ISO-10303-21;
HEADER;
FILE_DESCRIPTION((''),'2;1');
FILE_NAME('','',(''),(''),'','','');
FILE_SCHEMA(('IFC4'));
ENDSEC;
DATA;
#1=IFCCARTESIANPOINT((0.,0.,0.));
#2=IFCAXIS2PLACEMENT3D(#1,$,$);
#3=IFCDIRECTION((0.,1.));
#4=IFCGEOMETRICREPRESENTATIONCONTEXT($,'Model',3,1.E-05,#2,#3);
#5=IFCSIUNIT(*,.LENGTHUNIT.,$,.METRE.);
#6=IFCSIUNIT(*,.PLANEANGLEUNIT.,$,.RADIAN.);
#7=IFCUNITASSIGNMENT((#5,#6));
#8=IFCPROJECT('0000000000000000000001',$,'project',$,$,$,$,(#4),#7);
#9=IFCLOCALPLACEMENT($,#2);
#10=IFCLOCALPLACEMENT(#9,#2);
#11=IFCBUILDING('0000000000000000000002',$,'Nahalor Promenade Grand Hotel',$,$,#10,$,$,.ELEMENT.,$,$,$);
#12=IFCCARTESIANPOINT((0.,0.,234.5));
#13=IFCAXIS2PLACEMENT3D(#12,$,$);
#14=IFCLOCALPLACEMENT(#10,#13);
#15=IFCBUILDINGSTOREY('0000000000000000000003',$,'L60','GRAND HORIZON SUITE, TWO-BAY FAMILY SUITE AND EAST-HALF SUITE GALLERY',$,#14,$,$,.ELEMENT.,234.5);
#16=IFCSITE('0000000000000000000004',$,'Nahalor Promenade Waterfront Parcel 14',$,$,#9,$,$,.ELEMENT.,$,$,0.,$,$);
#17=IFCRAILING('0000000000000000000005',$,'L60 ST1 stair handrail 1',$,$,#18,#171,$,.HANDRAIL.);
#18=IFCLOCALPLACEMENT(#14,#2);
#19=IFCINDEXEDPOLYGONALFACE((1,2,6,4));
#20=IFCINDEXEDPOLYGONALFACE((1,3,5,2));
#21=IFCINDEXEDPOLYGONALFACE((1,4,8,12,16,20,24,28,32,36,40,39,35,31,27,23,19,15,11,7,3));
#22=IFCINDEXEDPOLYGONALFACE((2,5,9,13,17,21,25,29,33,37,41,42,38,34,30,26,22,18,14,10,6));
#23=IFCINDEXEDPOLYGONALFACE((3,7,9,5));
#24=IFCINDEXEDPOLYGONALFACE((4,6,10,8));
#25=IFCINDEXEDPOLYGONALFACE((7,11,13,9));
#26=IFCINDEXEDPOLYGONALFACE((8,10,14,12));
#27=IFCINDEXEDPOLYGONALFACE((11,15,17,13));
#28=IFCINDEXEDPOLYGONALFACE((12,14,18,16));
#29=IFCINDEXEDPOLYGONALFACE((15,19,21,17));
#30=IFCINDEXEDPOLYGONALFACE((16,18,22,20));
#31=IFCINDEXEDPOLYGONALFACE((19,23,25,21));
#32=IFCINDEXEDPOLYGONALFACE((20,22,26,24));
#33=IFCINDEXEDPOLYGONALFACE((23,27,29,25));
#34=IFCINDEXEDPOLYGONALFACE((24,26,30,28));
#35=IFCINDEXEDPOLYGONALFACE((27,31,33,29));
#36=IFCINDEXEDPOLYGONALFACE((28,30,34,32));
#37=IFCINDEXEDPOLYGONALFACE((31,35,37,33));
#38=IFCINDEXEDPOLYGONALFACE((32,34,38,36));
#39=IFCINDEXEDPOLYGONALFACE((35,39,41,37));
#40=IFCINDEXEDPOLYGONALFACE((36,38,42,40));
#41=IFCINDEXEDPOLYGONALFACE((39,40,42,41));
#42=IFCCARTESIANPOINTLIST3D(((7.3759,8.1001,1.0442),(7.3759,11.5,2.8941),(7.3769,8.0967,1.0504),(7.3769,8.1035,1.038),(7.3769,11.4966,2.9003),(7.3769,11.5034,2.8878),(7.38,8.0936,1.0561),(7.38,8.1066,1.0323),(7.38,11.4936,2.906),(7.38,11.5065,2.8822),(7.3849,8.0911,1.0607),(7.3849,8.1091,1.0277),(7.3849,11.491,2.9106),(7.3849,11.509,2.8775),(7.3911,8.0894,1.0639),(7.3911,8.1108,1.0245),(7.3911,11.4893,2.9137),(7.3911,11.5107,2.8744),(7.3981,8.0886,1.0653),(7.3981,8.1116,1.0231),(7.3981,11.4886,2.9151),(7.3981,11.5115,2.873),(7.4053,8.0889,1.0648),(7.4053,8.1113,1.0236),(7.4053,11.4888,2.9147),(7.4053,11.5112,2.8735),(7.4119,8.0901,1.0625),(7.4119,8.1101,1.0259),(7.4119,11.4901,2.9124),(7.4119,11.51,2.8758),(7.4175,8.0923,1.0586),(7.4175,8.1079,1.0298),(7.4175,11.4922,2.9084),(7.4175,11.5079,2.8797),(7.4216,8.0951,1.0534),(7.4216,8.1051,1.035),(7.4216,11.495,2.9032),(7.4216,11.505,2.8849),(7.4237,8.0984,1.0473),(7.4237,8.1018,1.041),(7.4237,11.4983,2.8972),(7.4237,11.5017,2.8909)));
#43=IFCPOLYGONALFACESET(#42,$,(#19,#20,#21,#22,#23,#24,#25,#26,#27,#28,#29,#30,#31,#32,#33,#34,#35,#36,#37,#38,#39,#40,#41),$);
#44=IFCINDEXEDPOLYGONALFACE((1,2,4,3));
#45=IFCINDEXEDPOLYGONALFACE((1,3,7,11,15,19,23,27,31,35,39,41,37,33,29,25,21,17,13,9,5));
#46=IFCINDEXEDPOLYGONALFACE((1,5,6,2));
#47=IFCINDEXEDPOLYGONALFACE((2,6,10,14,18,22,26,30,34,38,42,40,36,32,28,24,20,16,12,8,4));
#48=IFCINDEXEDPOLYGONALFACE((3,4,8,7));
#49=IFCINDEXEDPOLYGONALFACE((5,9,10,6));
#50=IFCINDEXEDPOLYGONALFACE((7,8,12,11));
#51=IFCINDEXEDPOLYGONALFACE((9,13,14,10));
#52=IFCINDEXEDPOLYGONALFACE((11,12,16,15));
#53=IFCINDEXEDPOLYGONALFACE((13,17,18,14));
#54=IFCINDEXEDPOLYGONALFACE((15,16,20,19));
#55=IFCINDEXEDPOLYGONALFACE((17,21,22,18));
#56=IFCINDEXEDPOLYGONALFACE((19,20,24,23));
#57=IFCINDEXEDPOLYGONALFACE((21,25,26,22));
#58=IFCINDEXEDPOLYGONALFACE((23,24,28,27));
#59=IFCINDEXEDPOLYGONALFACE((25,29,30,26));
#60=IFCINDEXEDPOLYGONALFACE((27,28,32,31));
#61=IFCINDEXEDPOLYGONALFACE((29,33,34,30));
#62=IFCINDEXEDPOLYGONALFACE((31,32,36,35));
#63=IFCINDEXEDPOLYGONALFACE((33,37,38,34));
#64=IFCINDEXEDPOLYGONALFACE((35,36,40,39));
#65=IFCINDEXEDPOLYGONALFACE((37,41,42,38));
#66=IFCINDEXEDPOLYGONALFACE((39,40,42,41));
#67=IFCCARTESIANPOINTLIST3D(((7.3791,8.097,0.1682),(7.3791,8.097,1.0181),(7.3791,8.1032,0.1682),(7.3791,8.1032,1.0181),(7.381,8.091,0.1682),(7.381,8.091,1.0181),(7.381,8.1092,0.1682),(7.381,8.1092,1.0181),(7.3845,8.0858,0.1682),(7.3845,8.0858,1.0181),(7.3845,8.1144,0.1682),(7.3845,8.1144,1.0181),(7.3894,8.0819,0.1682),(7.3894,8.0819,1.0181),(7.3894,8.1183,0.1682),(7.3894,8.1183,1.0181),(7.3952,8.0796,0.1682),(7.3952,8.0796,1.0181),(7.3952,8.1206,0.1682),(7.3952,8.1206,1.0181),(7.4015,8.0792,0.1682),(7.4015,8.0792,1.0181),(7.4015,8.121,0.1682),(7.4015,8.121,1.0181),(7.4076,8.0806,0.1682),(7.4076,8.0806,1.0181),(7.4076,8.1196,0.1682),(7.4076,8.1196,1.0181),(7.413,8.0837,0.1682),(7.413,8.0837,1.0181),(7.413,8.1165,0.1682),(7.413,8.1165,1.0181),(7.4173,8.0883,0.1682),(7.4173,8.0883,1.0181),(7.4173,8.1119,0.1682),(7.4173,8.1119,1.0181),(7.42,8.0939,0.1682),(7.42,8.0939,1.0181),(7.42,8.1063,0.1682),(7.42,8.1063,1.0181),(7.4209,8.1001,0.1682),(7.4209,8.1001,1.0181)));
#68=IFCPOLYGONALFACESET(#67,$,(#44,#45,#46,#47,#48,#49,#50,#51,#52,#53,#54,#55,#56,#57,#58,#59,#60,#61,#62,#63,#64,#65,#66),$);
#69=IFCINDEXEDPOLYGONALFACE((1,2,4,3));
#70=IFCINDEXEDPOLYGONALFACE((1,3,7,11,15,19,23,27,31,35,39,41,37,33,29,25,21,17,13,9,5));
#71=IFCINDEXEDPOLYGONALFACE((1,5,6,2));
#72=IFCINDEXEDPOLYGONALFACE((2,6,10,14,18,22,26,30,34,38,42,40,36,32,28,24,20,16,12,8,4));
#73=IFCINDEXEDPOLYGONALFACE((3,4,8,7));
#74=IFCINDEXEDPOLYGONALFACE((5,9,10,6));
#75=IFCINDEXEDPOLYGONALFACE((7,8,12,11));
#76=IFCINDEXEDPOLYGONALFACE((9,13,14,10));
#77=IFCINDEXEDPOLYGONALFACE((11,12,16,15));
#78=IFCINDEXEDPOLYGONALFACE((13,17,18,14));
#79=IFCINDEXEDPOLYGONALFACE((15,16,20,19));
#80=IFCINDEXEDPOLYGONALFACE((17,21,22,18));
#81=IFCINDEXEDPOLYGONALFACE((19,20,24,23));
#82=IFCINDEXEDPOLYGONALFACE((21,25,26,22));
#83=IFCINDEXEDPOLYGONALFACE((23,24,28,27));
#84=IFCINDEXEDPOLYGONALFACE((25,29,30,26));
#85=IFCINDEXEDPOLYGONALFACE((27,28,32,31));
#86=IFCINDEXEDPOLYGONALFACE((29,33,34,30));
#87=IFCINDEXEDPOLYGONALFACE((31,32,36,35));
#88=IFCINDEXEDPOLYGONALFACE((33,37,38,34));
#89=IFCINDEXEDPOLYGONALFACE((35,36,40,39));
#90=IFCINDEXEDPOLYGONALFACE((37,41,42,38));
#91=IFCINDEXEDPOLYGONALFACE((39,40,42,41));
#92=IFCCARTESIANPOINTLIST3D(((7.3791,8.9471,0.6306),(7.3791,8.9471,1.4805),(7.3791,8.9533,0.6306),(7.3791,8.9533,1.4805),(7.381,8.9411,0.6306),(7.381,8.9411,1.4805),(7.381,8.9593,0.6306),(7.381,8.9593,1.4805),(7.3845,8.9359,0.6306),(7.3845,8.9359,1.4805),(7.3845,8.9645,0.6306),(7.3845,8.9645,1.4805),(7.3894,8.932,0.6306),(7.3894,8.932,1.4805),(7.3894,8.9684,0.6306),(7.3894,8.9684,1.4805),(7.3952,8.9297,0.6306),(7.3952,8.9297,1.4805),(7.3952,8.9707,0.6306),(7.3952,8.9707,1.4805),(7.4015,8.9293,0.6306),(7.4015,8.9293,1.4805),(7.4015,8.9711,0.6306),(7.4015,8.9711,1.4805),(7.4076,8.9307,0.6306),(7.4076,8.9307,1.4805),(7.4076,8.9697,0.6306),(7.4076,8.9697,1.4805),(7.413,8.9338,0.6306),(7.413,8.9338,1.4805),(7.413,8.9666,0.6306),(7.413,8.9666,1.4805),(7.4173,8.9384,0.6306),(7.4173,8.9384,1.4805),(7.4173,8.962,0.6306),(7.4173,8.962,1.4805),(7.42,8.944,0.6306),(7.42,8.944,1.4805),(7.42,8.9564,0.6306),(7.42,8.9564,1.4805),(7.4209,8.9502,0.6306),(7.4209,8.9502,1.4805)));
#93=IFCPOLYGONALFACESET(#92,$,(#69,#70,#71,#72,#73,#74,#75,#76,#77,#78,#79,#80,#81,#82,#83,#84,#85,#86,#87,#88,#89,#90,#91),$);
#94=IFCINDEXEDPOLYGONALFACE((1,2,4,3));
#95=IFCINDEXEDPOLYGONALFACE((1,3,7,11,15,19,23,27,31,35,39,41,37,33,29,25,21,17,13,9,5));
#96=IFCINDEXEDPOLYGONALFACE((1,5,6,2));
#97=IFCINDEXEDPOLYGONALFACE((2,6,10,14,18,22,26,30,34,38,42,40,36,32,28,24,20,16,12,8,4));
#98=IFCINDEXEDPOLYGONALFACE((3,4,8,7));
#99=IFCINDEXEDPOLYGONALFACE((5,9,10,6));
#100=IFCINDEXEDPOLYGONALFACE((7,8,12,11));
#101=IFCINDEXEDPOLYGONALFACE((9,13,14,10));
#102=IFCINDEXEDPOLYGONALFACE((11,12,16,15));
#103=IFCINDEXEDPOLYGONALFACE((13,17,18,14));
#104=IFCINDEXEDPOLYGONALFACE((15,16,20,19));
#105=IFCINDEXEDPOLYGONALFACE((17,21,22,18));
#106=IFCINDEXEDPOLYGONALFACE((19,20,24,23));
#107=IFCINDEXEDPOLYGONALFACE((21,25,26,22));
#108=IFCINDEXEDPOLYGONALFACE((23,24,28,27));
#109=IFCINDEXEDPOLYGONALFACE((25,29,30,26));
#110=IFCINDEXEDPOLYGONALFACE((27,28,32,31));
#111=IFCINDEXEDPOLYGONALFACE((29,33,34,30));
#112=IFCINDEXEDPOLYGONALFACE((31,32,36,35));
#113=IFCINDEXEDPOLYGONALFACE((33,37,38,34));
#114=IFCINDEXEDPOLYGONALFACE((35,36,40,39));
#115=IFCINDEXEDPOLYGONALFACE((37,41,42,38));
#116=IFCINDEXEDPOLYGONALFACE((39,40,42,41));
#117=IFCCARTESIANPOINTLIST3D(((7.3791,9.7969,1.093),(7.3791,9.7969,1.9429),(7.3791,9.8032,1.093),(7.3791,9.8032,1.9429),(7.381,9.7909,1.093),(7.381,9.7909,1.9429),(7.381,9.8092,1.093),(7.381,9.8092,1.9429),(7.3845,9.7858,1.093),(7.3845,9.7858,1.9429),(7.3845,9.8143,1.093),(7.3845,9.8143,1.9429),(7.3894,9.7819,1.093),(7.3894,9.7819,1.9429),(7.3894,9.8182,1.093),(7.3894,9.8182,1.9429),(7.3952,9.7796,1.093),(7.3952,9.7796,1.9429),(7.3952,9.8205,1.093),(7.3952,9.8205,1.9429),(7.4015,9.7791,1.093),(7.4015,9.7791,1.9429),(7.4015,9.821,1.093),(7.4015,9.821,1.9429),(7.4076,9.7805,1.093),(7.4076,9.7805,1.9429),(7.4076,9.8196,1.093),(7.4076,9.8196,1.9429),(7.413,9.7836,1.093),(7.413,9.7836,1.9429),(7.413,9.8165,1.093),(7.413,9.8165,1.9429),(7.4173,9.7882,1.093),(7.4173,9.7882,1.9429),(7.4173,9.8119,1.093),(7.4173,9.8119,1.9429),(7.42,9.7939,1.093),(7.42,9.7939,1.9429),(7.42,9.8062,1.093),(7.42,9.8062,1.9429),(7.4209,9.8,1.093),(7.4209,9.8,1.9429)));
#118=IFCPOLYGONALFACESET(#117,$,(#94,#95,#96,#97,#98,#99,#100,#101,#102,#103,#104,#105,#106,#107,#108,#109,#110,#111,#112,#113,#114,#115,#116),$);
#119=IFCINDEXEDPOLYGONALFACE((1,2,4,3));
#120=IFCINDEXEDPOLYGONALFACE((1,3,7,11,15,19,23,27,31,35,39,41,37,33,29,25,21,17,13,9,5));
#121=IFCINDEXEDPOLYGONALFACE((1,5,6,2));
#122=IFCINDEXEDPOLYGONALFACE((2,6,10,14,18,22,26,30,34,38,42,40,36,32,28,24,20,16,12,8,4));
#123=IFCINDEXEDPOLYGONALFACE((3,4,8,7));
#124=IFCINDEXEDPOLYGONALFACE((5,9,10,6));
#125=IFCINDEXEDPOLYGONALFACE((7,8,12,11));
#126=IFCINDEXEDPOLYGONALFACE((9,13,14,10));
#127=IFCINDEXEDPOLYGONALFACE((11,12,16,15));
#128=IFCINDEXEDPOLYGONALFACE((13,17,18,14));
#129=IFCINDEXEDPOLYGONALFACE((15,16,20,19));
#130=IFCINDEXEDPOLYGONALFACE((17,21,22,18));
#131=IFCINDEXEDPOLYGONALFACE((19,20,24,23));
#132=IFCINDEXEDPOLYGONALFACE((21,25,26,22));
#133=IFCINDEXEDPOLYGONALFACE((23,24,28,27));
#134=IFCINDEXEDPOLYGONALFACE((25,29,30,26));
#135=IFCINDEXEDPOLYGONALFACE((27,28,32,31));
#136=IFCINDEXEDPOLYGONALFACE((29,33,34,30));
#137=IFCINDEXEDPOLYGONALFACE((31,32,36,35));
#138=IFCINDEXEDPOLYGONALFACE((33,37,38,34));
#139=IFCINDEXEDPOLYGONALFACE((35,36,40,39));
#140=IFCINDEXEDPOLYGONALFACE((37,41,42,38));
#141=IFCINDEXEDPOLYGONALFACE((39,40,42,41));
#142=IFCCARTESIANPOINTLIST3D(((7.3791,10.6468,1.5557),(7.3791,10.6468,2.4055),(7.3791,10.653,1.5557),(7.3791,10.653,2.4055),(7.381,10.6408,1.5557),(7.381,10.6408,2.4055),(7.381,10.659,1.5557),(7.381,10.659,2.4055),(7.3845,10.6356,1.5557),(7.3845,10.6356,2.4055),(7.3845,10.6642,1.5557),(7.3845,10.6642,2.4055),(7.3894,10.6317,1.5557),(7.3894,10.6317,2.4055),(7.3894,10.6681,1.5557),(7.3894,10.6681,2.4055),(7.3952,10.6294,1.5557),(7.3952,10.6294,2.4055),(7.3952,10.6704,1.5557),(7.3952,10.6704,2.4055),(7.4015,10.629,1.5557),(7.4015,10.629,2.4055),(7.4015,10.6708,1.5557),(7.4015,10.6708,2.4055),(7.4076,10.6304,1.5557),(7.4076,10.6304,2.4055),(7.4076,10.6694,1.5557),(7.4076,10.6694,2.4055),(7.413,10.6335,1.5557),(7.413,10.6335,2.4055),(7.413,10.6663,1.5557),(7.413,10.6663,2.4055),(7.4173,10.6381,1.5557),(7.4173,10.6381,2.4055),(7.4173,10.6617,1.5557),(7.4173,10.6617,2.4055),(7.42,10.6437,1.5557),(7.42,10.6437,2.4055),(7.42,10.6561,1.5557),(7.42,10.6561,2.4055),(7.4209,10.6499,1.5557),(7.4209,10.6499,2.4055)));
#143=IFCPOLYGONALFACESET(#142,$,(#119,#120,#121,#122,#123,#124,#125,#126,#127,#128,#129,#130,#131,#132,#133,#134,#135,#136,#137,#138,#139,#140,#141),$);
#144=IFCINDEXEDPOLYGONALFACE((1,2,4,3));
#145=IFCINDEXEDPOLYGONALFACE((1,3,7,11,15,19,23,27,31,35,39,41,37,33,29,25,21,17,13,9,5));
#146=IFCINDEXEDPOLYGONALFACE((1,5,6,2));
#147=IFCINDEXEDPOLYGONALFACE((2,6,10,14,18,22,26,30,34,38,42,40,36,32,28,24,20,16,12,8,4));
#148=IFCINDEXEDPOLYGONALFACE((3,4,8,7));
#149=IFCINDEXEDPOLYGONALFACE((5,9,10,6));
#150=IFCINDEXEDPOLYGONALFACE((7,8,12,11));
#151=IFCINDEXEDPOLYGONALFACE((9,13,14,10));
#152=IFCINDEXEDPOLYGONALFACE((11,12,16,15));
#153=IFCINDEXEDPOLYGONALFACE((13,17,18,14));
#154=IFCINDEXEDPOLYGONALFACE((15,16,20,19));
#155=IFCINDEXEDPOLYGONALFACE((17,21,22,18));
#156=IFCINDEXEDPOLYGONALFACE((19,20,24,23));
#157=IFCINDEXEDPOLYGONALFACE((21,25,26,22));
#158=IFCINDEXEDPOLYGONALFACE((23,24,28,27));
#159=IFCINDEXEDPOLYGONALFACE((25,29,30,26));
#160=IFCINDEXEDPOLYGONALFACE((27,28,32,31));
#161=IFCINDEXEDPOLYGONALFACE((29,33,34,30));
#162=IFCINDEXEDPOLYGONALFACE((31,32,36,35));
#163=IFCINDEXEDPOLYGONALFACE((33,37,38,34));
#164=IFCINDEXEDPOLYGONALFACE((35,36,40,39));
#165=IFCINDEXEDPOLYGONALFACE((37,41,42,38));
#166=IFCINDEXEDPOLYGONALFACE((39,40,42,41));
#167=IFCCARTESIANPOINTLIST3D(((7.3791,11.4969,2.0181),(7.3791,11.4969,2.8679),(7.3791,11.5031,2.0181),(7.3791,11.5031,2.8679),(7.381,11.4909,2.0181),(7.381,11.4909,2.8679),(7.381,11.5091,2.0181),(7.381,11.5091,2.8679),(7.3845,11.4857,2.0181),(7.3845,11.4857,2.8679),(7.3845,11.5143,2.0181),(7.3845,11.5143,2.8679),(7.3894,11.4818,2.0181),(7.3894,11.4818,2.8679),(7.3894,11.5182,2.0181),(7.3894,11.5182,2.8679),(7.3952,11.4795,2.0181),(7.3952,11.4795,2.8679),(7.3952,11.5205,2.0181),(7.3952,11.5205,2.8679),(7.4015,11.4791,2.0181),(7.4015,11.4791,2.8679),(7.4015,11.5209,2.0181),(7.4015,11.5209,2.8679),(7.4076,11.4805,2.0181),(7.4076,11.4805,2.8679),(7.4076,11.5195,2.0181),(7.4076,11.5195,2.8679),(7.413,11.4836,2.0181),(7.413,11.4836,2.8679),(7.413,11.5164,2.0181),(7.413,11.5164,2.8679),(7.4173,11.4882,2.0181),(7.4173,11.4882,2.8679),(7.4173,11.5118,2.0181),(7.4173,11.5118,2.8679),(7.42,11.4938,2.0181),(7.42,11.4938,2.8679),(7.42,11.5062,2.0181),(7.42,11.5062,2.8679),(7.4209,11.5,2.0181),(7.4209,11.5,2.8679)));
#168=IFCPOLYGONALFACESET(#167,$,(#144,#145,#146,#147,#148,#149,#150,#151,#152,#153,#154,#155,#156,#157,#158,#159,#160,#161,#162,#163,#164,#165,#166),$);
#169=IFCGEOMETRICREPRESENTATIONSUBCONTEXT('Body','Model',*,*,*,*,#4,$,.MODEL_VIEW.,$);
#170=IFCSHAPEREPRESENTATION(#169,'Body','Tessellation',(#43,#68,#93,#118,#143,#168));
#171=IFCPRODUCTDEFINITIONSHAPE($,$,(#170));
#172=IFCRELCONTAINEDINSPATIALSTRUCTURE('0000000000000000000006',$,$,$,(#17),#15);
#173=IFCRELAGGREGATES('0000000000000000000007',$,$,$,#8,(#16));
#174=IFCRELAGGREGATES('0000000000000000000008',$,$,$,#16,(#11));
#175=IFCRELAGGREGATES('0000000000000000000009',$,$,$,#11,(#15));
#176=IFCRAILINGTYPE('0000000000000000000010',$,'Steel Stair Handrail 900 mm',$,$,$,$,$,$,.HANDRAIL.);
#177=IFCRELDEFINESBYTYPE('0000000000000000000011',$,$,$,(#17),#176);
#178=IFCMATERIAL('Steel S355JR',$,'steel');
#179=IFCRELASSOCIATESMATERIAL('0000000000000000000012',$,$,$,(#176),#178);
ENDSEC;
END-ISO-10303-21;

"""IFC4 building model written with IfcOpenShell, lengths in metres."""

from ifc_helpers import new_model, si_unit, direction, frame, origin, origin_2d, place, context, subcontext, project, spatial, circle, extrude, material, type_object, element, save


model = new_model("IFC4")

# Units and contexts
model_context = context("Model", 3, precision=1e-05, world=origin(), true_north=direction((0.0, 1.0)))
body_context = subcontext(model_context, "Body", "Model", "MODEL_VIEW")
ifc_project = project(units=[si_unit("LENGTHUNIT", "METRE"), si_unit("PLANEANGLEUNIT", "RADIAN")], contexts=[model_context])

# Site, building, storey
site_placement = place(None, origin())
site = spatial("IfcSite", under=ifc_project, at=site_placement, Name="Nahalor Promenade Waterfront Parcel 14", CompositionType="ELEMENT", RefElevation=0.0)
building_placement = place(site_placement, origin())
building = spatial("IfcBuilding", under=site, at=building_placement, Name="Nahalor Promenade Grand Hotel", CompositionType="ELEMENT")
storey_placement = place(building_placement, frame((0.0, 0.0, 234.5)))
storey = spatial("IfcBuildingStorey", under=building, at=storey_placement, Name="L60", Description="GRAND HORIZON SUITE, TWO-BAY FAMILY SUITE AND EAST-HALF SUITE GALLERY", CompositionType="ELEMENT", Elevation=234.5)

# Shared definitions
ifc_material_1 = material(Name="Steel S355JR", Category="steel")

# Railing
railing_type_1 = type_object("IfcRailingType", Name="Steel Stair Handrail 900 mm", PredefinedType="HANDRAIL", material=ifc_material_1)
railing_1_placement = place(storey_placement, frame((7.3999, 8.1001, 0.1682)))
element("IfcRailing", 1, at=railing_1_placement, inside=storey, type_object=railing_type_1, Name="L60 ST1 stair handrail 1", PredefinedType="HANDRAIL", context=body_context, shape_type="SweptSolid", body=[
    extrude(circle(Radius=0.024, at=origin_2d()), frame((0.0, 0.0, 0.876), z_axis=(0.0, 0.878399, 0.477928), x_axis=(-1.0, 0.0, 0.0)), (0.0, 0.0, 1.0), 3.8706),
    extrude(circle(Radius=0.021, at=origin_2d()), origin(), (0.0, 0.0, 1.0), 0.8499),
    extrude(circle(Radius=0.021, at=origin_2d()), frame((0.0, 0.8501, 0.4624)), (0.0, 0.0, 1.0), 0.8499),
    extrude(circle(Radius=0.021, at=origin_2d()), frame((0.0, 1.7, 0.9248)), (0.0, 0.0, 1.0), 0.8499),
    extrude(circle(Radius=0.021, at=origin_2d()), frame((0.0, 2.5498, 1.3875)), (0.0, 0.0, 1.0), 0.8499),
    extrude(circle(Radius=0.021, at=origin_2d()), frame((0.0, 3.3999, 1.8499)), (0.0, 0.0, 1.0), 0.8499),
])

save(model, "model.ifc")
